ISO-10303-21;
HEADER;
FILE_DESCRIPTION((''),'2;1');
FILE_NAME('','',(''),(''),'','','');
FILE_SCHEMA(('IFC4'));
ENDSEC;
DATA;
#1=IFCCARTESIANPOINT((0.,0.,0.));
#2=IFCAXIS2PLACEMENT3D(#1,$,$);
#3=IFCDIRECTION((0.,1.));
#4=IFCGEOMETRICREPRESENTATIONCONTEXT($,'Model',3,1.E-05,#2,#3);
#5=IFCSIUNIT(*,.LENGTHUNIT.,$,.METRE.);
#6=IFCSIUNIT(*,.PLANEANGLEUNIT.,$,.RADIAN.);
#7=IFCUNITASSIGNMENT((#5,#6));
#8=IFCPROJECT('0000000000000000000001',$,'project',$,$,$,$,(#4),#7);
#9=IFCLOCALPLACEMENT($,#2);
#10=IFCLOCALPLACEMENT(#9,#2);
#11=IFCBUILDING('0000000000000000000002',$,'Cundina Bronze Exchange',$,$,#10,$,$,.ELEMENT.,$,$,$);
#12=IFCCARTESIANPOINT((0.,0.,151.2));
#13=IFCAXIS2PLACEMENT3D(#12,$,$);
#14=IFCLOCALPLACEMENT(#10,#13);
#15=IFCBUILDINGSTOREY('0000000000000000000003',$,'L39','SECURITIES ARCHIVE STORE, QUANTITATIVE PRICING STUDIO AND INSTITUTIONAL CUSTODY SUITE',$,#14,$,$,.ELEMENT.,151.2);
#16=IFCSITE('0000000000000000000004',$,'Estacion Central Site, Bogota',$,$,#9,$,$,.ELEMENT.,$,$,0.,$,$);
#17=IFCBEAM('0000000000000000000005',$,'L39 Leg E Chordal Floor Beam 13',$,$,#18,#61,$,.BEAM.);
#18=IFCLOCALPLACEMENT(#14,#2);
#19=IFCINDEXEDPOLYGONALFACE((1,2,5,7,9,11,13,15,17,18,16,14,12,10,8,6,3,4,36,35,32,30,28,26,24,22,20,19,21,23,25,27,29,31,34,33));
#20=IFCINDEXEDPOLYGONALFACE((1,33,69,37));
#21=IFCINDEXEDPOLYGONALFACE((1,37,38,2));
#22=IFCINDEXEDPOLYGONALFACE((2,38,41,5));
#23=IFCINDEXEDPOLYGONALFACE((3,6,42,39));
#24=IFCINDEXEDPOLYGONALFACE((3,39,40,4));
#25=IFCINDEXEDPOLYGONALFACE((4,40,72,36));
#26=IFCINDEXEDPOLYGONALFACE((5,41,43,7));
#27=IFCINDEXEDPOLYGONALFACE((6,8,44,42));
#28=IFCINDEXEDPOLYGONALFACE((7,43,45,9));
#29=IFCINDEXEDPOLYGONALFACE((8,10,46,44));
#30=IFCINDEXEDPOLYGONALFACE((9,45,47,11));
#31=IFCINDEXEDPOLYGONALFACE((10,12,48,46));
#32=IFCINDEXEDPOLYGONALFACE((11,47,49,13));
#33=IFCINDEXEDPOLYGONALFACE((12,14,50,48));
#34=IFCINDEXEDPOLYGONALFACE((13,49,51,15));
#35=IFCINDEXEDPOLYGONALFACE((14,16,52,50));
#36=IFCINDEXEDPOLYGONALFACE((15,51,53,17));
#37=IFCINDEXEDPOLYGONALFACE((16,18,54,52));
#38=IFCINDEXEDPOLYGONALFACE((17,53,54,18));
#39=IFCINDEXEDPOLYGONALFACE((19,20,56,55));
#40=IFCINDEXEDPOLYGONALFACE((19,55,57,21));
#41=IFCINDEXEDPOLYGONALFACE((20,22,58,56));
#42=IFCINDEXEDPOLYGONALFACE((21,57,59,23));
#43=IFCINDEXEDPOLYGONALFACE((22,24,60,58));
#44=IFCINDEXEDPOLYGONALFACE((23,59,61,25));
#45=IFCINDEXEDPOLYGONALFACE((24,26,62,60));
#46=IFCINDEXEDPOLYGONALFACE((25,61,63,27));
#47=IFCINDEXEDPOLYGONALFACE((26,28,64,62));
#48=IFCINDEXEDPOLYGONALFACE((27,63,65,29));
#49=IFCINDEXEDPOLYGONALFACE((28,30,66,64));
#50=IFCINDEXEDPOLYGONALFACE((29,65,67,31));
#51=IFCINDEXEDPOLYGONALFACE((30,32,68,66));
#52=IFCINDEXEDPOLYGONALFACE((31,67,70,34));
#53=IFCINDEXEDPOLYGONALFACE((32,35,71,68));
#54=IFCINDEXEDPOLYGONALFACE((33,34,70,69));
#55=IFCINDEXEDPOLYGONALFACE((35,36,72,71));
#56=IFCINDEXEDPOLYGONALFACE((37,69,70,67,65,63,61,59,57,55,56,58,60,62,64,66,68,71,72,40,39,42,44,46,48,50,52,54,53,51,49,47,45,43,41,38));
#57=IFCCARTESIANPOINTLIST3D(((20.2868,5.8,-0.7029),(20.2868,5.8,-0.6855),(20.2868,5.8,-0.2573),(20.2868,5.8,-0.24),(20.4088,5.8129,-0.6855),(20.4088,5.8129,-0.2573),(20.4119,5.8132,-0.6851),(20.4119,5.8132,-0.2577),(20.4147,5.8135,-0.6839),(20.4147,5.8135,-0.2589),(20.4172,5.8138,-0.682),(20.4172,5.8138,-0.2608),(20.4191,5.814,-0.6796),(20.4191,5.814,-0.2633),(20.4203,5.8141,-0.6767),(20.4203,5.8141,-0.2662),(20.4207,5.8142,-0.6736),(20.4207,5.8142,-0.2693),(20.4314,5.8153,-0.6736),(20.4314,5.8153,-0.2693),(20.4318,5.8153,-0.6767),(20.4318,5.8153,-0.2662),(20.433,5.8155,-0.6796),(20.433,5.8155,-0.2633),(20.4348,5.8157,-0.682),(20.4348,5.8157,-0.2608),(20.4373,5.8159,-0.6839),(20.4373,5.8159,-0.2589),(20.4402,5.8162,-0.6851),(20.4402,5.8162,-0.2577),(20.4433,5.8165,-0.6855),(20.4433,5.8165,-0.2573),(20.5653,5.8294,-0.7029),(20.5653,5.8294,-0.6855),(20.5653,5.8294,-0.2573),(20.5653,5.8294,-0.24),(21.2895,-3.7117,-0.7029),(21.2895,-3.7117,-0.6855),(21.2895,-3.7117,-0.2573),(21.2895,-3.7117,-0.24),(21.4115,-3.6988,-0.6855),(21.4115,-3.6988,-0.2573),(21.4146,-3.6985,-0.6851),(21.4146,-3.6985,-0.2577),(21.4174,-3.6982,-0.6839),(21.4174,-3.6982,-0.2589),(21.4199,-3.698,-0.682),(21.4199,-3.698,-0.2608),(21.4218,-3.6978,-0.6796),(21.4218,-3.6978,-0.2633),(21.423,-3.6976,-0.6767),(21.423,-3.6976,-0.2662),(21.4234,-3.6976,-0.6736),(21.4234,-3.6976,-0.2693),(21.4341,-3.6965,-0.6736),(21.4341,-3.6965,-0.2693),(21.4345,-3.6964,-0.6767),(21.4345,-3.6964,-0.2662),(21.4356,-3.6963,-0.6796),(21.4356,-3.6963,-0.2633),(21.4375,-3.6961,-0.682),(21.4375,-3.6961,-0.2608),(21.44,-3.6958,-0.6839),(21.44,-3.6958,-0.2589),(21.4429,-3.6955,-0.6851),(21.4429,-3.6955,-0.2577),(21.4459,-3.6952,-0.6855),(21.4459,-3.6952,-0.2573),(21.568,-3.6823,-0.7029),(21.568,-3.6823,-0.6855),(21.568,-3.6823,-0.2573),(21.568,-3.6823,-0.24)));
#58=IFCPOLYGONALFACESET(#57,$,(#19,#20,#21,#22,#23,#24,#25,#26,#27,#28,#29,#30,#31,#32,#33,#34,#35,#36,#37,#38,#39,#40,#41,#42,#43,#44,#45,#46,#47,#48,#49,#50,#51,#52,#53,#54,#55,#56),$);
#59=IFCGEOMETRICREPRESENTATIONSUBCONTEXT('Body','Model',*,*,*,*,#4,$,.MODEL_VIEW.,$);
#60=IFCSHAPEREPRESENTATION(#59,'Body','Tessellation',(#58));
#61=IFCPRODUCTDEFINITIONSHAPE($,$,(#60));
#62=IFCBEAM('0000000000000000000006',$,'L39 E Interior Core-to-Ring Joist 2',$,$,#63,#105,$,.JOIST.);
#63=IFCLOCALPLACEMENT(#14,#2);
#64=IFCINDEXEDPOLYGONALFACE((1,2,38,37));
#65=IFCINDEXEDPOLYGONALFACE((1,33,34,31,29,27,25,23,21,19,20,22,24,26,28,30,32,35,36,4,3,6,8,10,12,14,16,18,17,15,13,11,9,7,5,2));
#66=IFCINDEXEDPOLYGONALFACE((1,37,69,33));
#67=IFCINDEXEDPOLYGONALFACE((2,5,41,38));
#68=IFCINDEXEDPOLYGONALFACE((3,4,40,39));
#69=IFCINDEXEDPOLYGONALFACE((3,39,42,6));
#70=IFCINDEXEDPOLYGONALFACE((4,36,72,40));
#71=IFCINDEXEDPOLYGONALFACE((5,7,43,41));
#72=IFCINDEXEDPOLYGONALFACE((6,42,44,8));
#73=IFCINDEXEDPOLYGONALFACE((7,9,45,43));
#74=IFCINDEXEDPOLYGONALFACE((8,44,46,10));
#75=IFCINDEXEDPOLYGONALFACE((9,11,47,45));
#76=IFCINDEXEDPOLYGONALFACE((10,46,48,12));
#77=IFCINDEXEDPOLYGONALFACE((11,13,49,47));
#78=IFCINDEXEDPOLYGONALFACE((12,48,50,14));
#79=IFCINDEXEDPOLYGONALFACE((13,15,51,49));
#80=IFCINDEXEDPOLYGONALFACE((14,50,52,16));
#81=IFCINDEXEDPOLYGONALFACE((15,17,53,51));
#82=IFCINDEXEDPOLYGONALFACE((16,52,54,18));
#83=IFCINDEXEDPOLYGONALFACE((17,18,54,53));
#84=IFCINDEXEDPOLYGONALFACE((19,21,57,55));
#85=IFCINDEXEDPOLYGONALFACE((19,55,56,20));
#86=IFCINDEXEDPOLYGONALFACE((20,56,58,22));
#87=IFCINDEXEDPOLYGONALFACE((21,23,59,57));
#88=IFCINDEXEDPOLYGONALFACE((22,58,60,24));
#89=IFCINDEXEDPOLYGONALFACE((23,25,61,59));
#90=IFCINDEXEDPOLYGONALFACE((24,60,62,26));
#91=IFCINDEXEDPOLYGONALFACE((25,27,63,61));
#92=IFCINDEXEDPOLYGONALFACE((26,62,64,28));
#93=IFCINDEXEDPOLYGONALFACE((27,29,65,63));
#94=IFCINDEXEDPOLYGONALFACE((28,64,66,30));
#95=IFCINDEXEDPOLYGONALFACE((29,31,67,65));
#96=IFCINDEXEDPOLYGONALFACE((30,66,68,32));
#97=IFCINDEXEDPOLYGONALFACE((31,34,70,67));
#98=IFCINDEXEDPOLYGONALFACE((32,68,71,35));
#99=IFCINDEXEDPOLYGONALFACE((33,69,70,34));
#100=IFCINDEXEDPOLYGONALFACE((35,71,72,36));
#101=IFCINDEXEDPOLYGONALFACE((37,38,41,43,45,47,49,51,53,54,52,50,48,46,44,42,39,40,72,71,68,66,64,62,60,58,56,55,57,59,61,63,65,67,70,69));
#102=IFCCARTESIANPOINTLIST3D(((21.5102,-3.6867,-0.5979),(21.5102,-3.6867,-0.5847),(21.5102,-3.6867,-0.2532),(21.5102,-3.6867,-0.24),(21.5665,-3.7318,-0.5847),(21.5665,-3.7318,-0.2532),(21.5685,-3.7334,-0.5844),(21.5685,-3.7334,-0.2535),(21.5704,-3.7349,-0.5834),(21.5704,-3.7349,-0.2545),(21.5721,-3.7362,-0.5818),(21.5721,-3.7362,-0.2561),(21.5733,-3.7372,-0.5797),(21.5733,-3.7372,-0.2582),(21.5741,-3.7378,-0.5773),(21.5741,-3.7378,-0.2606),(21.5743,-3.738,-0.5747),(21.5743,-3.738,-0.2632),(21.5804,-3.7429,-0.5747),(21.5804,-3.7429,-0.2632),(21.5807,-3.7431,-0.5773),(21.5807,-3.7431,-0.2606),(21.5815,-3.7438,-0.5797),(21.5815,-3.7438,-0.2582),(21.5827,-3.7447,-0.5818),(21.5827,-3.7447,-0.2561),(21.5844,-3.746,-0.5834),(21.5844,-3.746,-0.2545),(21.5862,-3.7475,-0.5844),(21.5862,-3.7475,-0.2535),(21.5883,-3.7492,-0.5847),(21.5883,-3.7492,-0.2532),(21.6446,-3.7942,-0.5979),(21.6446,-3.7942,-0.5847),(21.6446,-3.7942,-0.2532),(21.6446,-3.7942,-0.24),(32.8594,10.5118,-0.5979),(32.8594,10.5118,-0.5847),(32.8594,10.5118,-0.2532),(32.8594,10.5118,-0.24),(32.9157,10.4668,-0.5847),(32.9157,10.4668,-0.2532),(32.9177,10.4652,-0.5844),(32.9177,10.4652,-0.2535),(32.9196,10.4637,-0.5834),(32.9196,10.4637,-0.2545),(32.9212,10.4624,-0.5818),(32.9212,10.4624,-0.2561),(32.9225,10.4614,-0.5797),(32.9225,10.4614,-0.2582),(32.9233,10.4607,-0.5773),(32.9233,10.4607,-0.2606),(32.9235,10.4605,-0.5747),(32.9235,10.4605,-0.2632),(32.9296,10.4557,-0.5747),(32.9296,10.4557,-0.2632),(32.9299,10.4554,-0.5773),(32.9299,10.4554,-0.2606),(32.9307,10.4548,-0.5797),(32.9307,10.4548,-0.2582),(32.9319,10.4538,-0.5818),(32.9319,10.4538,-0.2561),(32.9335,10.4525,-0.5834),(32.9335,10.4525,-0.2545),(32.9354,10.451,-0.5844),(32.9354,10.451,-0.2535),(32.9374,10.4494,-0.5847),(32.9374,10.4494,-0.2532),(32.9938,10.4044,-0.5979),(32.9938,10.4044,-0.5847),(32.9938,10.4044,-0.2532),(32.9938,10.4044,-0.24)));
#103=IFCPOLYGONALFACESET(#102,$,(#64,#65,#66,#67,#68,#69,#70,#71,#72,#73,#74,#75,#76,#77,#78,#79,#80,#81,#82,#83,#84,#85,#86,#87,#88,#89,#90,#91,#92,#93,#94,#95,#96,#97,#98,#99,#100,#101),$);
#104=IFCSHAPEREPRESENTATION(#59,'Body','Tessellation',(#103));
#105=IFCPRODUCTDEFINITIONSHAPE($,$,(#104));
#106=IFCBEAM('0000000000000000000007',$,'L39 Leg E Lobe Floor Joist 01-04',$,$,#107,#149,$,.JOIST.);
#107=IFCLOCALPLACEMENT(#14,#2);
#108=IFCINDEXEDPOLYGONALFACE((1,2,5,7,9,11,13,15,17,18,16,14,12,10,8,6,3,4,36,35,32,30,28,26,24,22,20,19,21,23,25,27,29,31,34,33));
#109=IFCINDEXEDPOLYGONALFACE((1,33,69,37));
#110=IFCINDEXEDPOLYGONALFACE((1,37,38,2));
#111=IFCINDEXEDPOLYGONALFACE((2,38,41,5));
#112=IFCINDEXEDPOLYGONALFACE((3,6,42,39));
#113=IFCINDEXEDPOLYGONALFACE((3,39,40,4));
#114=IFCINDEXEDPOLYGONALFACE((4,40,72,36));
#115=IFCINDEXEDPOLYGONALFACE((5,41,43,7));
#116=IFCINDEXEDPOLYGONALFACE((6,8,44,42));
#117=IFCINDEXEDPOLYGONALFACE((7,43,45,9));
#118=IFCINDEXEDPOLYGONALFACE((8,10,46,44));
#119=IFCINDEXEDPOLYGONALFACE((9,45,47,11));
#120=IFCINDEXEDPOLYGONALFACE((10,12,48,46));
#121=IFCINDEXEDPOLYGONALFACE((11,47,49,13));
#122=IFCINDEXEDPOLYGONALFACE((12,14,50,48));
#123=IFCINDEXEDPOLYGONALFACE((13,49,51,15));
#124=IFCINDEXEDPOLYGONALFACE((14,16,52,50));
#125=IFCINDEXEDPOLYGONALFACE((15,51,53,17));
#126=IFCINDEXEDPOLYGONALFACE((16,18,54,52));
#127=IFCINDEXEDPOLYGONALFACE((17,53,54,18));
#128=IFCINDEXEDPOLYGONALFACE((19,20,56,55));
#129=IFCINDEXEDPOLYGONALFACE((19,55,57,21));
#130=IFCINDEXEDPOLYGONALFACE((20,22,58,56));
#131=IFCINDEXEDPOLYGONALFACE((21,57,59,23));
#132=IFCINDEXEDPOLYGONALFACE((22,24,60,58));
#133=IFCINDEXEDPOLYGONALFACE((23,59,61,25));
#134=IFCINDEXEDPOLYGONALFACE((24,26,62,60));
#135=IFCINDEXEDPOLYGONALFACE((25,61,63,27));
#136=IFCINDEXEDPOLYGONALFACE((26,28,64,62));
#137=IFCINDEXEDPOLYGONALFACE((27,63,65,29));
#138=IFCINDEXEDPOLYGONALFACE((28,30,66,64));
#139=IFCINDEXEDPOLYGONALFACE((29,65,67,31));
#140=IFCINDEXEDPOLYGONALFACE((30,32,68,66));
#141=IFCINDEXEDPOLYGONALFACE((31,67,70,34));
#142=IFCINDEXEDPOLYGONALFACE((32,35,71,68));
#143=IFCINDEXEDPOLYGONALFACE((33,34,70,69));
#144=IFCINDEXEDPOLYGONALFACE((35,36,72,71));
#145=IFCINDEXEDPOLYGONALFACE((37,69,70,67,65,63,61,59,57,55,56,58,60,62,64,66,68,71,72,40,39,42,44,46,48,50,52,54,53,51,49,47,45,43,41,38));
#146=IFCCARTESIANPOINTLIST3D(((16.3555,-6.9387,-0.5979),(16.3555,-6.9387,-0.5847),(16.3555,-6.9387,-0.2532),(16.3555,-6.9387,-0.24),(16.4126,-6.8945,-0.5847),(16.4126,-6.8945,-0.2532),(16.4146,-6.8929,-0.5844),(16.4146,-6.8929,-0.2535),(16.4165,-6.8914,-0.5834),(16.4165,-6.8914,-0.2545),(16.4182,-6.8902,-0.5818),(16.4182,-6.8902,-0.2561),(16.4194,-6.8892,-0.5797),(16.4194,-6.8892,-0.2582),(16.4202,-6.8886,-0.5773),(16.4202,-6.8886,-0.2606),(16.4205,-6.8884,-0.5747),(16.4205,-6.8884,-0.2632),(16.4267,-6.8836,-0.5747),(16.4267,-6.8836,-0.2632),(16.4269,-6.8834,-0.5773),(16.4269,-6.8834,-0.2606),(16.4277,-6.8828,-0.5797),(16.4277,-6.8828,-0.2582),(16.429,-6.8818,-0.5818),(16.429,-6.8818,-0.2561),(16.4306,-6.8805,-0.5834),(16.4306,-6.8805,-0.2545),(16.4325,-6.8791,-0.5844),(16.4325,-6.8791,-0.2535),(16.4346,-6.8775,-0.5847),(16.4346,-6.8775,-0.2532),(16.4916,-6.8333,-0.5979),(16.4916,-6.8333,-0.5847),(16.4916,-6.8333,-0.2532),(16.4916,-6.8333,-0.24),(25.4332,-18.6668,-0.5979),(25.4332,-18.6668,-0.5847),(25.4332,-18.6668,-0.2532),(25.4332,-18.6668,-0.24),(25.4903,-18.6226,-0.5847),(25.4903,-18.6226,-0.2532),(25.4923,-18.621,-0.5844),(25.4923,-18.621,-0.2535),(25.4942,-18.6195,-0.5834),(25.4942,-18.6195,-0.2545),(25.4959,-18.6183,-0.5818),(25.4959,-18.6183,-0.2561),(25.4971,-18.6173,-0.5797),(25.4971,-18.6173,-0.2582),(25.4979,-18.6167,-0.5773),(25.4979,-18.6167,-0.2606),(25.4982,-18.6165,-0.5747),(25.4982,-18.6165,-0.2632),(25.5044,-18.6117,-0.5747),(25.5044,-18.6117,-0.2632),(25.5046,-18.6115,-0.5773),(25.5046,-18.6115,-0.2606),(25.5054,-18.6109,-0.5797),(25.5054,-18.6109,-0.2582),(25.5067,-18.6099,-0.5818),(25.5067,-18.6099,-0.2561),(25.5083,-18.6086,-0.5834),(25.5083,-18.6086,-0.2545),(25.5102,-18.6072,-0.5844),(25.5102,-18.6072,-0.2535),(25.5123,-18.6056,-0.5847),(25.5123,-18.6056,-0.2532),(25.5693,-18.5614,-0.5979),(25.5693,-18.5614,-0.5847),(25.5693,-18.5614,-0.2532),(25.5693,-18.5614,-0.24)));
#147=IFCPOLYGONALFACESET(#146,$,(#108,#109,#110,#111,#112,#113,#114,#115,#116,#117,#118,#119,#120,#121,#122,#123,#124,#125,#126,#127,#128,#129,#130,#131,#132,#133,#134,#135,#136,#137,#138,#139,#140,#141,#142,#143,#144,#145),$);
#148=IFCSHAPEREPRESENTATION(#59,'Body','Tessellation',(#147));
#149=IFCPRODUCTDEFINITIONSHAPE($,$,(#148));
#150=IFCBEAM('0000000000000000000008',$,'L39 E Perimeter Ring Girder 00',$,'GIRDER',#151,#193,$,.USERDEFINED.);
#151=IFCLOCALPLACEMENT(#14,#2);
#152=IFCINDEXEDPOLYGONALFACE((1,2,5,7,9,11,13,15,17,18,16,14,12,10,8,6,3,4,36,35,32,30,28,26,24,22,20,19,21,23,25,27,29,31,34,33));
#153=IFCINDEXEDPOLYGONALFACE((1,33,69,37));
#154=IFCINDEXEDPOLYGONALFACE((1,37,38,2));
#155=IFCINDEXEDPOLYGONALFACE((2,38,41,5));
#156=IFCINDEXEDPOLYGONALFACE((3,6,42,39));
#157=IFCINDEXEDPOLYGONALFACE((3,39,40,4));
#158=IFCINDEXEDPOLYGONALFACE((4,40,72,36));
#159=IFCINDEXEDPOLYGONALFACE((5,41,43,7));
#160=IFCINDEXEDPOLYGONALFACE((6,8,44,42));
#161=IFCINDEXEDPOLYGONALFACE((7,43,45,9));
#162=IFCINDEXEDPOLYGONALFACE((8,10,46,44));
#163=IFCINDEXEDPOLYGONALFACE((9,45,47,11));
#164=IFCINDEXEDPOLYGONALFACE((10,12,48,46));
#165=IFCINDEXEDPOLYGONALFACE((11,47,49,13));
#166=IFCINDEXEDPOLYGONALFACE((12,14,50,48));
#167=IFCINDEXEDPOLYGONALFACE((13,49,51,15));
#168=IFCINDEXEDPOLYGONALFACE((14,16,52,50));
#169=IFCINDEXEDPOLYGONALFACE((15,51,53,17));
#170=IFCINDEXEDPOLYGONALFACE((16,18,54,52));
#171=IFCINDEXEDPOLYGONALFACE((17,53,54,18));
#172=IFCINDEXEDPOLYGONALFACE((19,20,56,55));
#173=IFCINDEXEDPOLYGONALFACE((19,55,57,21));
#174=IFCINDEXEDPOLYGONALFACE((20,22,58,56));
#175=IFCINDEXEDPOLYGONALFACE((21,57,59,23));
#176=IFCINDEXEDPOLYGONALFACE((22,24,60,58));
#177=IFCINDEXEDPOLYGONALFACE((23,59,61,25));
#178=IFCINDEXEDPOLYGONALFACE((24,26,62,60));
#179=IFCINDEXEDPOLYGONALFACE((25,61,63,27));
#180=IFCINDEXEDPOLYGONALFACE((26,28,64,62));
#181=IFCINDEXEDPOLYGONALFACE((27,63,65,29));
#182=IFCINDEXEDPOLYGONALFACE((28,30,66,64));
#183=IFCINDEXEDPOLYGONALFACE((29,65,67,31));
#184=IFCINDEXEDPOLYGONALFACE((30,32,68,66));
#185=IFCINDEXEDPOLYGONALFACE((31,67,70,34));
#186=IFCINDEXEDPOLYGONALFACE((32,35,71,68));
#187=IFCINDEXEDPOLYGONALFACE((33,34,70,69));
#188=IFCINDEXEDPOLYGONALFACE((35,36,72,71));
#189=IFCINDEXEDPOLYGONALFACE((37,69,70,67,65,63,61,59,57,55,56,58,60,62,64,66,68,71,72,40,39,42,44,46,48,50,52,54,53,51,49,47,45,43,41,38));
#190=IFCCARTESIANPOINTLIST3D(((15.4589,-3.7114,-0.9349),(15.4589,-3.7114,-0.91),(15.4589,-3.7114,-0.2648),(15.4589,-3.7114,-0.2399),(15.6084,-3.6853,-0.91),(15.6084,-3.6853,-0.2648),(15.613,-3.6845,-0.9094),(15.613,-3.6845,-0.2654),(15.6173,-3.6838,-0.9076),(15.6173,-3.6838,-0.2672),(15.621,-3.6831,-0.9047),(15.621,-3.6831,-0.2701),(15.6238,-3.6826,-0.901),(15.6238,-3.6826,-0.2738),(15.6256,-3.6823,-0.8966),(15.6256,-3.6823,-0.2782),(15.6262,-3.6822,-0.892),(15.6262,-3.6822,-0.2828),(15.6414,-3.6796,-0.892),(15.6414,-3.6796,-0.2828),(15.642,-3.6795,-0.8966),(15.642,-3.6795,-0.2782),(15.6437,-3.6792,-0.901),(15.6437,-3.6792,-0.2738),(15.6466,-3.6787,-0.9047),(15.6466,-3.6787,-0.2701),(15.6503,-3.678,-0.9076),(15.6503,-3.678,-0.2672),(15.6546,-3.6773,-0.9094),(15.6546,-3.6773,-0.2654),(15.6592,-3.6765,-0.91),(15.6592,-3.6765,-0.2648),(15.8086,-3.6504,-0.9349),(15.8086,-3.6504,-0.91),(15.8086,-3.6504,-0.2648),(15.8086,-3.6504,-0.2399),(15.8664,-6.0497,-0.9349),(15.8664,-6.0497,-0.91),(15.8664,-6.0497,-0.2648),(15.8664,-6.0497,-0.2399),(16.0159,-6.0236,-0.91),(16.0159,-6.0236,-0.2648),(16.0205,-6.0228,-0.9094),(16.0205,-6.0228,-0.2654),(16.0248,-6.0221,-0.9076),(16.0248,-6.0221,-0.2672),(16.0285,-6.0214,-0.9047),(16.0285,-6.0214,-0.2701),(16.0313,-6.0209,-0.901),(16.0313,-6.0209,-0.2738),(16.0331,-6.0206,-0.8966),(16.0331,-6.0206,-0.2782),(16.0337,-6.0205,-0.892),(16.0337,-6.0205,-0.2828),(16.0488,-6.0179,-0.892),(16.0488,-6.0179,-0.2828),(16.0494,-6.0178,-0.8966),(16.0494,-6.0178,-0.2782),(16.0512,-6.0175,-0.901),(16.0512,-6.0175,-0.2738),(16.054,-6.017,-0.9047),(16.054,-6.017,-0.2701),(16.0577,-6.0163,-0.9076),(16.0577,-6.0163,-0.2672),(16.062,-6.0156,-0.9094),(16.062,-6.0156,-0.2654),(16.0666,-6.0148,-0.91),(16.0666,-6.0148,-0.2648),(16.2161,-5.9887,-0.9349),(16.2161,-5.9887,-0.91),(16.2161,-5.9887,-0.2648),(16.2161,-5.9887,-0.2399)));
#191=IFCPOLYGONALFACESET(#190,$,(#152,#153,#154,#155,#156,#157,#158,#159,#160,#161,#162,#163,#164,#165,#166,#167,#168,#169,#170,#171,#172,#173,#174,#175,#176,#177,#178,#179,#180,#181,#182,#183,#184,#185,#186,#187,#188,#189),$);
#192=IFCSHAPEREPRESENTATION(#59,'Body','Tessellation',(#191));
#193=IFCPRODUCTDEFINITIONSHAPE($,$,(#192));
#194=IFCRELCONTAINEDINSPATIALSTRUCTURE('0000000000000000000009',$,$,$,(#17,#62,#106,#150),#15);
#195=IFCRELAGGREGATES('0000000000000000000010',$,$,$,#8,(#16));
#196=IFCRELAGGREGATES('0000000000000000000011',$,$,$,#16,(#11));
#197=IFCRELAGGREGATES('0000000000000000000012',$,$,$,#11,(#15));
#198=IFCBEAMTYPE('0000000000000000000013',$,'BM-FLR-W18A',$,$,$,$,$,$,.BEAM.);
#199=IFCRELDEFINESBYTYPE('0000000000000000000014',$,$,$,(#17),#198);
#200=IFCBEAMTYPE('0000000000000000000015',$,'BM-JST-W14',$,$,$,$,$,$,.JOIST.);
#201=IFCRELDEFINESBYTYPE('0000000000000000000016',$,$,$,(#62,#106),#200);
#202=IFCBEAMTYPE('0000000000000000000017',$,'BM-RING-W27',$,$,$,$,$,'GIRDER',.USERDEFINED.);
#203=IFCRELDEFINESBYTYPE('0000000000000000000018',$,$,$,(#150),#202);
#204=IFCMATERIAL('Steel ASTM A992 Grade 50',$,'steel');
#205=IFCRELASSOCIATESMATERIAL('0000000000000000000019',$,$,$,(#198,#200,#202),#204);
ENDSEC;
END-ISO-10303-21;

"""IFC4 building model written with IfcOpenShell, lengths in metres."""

from ifc_helpers import new_model, si_unit, direction, frame, origin, origin_2d, place, context, subcontext, project, spatial, i_section, extrude, material, material_profile, profile_set, type_object, element, save


model = new_model("IFC4")

# Units and contexts
model_context = context("Model", 3, precision=1e-05, world=origin(), true_north=direction((0.0, 1.0)))
body_context = subcontext(model_context, "Body", "Model", "MODEL_VIEW")
ifc_project = project(units=[si_unit("LENGTHUNIT", "METRE"), si_unit("PLANEANGLEUNIT", "RADIAN")], contexts=[model_context])

# Site, building, storey
site_placement = place(None, origin())
site = spatial("IfcSite", under=ifc_project, at=site_placement, Name="Estacion Central Site, Bogota", CompositionType="ELEMENT", RefElevation=0.0)
building_placement = place(site_placement, origin())
building = spatial("IfcBuilding", under=site, at=building_placement, Name="Cundina Bronze Exchange", CompositionType="ELEMENT")
storey_placement = place(building_placement, frame((0.0, 0.0, 151.2)))
storey = spatial("IfcBuildingStorey", under=building, at=storey_placement, Name="L39", Description="SECURITIES ARCHIVE STORE, QUANTITATIVE PRICING STUDIO AND INSTITUTIONAL CUSTODY SUITE", CompositionType="ELEMENT", Elevation=151.2)

# Shared definitions
ifc_material_1 = material(Name="Steel ASTM A992 Grade 50", Category="steel")

# Beams
ifc_material_profile_1 = material_profile(ifc_material_1, i_section(OverallWidth=0.28, OverallDepth=0.4629, WebThickness=0.0107, FlangeThickness=0.0173, FilletRadius=0.012, at=origin_2d()), Name="W18X76", Category="steel")
ifc_profile_set_1 = profile_set([ifc_material_profile_1], Name="Steel ASTM A992 Grade 50")
beam_type_1 = type_object("IfcBeamType", Name="BM-FLR-W18A", PredefinedType="BEAM", material=ifc_profile_set_1)
beam_1_placement = place(storey_placement, frame((21.4287, -3.697, -0.4714), z_axis=(-0.104835, 0.99449, 0.0), x_axis=(-0.99449, -0.104835, 0.0)))
element("IfcBeam", 1, at=beam_1_placement, inside=storey, type_object=beam_type_1, Name="L39 Leg E Chordal Floor Beam 13", PredefinedType="BEAM", context=body_context, shape_type="SweptSolid", body=[
    extrude(i_section(OverallWidth=0.28, OverallDepth=0.4629, WebThickness=0.0107, FlangeThickness=0.0173, FilletRadius=0.012, at=origin_2d()), origin(), (0.0, 0.0, 1.0), 9.5645),
])
ifc_material_profile_2 = material_profile(ifc_material_1, i_section(OverallWidth=0.1721, OverallDepth=0.3579, WebThickness=0.0078, FlangeThickness=0.0132, FilletRadius=0.01, at=origin_2d()), Name="W14X38", Category="steel")
ifc_profile_set_2 = profile_set([ifc_material_profile_2], Name="Steel ASTM A992 Grade 50")
beam_type_2 = type_object("IfcBeamType", Name="BM-JST-W14", PredefinedType="JOIST", material=ifc_profile_set_2)
beam_2_placement = place(storey_placement, frame((21.5774, -3.7405, -0.4189), z_axis=(0.624371, 0.781128, 0.0), x_axis=(-0.781128, 0.624371, 0.0)))
element("IfcBeam", 2, at=beam_2_placement, inside=storey, type_object=beam_type_2, Name="L39 E Interior Core-to-Ring Joist 2", PredefinedType="JOIST", context=body_context, shape_type="SweptSolid", body=[
    extrude(i_section(OverallWidth=0.1721, OverallDepth=0.3579, WebThickness=0.0078, FlangeThickness=0.0132, FilletRadius=0.01, at=origin_2d()), origin(), (0.0, 0.0, 1.0), 18.177),
])
beam_3_placement = place(storey_placement, frame((16.4236, -6.886, -0.4189), z_axis=(0.612084, -0.790793, 0.0), x_axis=(0.790793, 0.612084, 0.0)))
element("IfcBeam", 3, at=beam_3_placement, inside=storey, type_object=beam_type_2, Name="L39 Leg E Lobe Floor Joist 01-04", PredefinedType="JOIST", context=body_context, shape_type="SweptSolid", body=[
    extrude(i_section(OverallWidth=0.1721, OverallDepth=0.3579, WebThickness=0.0078, FlangeThickness=0.0132, FilletRadius=0.01, at=origin_2d()), origin(), (0.0, 0.0, 1.0), 14.8308),
])
ifc_material_profile_3 = material_profile(ifc_material_1, i_section(OverallWidth=0.355, OverallDepth=0.6951, WebThickness=0.0154, FlangeThickness=0.0249, FilletRadius=0.0181, at=origin_2d()), Name="W27X146", Category="steel")
ifc_profile_set_3 = profile_set([ifc_material_profile_3], Name="Steel ASTM A992 Grade 50")
beam_type_3 = type_object("IfcBeamType", Name="BM-RING-W27", ElementType="GIRDER", PredefinedType="USERDEFINED", material=ifc_profile_set_3)
beam_4_placement = place(storey_placement, frame((15.6338, -3.6809, -0.5874), z_axis=(0.171667, -0.985155, 0.0), x_axis=(0.985155, 0.171667, 0.0)))
element("IfcBeam", 4, at=beam_4_placement, inside=storey, type_object=beam_type_3, Name="L39 E Perimeter Ring Girder 00", ObjectType="GIRDER", PredefinedType="USERDEFINED", context=body_context, shape_type="SweptSolid", body=[
    extrude(i_section(OverallWidth=0.355, OverallDepth=0.6951, WebThickness=0.0154, FlangeThickness=0.0249, FilletRadius=0.0181, at=origin_2d()), origin(), (0.0, 0.0, 1.0), 2.3735),
])

save(model, "model.ifc")
